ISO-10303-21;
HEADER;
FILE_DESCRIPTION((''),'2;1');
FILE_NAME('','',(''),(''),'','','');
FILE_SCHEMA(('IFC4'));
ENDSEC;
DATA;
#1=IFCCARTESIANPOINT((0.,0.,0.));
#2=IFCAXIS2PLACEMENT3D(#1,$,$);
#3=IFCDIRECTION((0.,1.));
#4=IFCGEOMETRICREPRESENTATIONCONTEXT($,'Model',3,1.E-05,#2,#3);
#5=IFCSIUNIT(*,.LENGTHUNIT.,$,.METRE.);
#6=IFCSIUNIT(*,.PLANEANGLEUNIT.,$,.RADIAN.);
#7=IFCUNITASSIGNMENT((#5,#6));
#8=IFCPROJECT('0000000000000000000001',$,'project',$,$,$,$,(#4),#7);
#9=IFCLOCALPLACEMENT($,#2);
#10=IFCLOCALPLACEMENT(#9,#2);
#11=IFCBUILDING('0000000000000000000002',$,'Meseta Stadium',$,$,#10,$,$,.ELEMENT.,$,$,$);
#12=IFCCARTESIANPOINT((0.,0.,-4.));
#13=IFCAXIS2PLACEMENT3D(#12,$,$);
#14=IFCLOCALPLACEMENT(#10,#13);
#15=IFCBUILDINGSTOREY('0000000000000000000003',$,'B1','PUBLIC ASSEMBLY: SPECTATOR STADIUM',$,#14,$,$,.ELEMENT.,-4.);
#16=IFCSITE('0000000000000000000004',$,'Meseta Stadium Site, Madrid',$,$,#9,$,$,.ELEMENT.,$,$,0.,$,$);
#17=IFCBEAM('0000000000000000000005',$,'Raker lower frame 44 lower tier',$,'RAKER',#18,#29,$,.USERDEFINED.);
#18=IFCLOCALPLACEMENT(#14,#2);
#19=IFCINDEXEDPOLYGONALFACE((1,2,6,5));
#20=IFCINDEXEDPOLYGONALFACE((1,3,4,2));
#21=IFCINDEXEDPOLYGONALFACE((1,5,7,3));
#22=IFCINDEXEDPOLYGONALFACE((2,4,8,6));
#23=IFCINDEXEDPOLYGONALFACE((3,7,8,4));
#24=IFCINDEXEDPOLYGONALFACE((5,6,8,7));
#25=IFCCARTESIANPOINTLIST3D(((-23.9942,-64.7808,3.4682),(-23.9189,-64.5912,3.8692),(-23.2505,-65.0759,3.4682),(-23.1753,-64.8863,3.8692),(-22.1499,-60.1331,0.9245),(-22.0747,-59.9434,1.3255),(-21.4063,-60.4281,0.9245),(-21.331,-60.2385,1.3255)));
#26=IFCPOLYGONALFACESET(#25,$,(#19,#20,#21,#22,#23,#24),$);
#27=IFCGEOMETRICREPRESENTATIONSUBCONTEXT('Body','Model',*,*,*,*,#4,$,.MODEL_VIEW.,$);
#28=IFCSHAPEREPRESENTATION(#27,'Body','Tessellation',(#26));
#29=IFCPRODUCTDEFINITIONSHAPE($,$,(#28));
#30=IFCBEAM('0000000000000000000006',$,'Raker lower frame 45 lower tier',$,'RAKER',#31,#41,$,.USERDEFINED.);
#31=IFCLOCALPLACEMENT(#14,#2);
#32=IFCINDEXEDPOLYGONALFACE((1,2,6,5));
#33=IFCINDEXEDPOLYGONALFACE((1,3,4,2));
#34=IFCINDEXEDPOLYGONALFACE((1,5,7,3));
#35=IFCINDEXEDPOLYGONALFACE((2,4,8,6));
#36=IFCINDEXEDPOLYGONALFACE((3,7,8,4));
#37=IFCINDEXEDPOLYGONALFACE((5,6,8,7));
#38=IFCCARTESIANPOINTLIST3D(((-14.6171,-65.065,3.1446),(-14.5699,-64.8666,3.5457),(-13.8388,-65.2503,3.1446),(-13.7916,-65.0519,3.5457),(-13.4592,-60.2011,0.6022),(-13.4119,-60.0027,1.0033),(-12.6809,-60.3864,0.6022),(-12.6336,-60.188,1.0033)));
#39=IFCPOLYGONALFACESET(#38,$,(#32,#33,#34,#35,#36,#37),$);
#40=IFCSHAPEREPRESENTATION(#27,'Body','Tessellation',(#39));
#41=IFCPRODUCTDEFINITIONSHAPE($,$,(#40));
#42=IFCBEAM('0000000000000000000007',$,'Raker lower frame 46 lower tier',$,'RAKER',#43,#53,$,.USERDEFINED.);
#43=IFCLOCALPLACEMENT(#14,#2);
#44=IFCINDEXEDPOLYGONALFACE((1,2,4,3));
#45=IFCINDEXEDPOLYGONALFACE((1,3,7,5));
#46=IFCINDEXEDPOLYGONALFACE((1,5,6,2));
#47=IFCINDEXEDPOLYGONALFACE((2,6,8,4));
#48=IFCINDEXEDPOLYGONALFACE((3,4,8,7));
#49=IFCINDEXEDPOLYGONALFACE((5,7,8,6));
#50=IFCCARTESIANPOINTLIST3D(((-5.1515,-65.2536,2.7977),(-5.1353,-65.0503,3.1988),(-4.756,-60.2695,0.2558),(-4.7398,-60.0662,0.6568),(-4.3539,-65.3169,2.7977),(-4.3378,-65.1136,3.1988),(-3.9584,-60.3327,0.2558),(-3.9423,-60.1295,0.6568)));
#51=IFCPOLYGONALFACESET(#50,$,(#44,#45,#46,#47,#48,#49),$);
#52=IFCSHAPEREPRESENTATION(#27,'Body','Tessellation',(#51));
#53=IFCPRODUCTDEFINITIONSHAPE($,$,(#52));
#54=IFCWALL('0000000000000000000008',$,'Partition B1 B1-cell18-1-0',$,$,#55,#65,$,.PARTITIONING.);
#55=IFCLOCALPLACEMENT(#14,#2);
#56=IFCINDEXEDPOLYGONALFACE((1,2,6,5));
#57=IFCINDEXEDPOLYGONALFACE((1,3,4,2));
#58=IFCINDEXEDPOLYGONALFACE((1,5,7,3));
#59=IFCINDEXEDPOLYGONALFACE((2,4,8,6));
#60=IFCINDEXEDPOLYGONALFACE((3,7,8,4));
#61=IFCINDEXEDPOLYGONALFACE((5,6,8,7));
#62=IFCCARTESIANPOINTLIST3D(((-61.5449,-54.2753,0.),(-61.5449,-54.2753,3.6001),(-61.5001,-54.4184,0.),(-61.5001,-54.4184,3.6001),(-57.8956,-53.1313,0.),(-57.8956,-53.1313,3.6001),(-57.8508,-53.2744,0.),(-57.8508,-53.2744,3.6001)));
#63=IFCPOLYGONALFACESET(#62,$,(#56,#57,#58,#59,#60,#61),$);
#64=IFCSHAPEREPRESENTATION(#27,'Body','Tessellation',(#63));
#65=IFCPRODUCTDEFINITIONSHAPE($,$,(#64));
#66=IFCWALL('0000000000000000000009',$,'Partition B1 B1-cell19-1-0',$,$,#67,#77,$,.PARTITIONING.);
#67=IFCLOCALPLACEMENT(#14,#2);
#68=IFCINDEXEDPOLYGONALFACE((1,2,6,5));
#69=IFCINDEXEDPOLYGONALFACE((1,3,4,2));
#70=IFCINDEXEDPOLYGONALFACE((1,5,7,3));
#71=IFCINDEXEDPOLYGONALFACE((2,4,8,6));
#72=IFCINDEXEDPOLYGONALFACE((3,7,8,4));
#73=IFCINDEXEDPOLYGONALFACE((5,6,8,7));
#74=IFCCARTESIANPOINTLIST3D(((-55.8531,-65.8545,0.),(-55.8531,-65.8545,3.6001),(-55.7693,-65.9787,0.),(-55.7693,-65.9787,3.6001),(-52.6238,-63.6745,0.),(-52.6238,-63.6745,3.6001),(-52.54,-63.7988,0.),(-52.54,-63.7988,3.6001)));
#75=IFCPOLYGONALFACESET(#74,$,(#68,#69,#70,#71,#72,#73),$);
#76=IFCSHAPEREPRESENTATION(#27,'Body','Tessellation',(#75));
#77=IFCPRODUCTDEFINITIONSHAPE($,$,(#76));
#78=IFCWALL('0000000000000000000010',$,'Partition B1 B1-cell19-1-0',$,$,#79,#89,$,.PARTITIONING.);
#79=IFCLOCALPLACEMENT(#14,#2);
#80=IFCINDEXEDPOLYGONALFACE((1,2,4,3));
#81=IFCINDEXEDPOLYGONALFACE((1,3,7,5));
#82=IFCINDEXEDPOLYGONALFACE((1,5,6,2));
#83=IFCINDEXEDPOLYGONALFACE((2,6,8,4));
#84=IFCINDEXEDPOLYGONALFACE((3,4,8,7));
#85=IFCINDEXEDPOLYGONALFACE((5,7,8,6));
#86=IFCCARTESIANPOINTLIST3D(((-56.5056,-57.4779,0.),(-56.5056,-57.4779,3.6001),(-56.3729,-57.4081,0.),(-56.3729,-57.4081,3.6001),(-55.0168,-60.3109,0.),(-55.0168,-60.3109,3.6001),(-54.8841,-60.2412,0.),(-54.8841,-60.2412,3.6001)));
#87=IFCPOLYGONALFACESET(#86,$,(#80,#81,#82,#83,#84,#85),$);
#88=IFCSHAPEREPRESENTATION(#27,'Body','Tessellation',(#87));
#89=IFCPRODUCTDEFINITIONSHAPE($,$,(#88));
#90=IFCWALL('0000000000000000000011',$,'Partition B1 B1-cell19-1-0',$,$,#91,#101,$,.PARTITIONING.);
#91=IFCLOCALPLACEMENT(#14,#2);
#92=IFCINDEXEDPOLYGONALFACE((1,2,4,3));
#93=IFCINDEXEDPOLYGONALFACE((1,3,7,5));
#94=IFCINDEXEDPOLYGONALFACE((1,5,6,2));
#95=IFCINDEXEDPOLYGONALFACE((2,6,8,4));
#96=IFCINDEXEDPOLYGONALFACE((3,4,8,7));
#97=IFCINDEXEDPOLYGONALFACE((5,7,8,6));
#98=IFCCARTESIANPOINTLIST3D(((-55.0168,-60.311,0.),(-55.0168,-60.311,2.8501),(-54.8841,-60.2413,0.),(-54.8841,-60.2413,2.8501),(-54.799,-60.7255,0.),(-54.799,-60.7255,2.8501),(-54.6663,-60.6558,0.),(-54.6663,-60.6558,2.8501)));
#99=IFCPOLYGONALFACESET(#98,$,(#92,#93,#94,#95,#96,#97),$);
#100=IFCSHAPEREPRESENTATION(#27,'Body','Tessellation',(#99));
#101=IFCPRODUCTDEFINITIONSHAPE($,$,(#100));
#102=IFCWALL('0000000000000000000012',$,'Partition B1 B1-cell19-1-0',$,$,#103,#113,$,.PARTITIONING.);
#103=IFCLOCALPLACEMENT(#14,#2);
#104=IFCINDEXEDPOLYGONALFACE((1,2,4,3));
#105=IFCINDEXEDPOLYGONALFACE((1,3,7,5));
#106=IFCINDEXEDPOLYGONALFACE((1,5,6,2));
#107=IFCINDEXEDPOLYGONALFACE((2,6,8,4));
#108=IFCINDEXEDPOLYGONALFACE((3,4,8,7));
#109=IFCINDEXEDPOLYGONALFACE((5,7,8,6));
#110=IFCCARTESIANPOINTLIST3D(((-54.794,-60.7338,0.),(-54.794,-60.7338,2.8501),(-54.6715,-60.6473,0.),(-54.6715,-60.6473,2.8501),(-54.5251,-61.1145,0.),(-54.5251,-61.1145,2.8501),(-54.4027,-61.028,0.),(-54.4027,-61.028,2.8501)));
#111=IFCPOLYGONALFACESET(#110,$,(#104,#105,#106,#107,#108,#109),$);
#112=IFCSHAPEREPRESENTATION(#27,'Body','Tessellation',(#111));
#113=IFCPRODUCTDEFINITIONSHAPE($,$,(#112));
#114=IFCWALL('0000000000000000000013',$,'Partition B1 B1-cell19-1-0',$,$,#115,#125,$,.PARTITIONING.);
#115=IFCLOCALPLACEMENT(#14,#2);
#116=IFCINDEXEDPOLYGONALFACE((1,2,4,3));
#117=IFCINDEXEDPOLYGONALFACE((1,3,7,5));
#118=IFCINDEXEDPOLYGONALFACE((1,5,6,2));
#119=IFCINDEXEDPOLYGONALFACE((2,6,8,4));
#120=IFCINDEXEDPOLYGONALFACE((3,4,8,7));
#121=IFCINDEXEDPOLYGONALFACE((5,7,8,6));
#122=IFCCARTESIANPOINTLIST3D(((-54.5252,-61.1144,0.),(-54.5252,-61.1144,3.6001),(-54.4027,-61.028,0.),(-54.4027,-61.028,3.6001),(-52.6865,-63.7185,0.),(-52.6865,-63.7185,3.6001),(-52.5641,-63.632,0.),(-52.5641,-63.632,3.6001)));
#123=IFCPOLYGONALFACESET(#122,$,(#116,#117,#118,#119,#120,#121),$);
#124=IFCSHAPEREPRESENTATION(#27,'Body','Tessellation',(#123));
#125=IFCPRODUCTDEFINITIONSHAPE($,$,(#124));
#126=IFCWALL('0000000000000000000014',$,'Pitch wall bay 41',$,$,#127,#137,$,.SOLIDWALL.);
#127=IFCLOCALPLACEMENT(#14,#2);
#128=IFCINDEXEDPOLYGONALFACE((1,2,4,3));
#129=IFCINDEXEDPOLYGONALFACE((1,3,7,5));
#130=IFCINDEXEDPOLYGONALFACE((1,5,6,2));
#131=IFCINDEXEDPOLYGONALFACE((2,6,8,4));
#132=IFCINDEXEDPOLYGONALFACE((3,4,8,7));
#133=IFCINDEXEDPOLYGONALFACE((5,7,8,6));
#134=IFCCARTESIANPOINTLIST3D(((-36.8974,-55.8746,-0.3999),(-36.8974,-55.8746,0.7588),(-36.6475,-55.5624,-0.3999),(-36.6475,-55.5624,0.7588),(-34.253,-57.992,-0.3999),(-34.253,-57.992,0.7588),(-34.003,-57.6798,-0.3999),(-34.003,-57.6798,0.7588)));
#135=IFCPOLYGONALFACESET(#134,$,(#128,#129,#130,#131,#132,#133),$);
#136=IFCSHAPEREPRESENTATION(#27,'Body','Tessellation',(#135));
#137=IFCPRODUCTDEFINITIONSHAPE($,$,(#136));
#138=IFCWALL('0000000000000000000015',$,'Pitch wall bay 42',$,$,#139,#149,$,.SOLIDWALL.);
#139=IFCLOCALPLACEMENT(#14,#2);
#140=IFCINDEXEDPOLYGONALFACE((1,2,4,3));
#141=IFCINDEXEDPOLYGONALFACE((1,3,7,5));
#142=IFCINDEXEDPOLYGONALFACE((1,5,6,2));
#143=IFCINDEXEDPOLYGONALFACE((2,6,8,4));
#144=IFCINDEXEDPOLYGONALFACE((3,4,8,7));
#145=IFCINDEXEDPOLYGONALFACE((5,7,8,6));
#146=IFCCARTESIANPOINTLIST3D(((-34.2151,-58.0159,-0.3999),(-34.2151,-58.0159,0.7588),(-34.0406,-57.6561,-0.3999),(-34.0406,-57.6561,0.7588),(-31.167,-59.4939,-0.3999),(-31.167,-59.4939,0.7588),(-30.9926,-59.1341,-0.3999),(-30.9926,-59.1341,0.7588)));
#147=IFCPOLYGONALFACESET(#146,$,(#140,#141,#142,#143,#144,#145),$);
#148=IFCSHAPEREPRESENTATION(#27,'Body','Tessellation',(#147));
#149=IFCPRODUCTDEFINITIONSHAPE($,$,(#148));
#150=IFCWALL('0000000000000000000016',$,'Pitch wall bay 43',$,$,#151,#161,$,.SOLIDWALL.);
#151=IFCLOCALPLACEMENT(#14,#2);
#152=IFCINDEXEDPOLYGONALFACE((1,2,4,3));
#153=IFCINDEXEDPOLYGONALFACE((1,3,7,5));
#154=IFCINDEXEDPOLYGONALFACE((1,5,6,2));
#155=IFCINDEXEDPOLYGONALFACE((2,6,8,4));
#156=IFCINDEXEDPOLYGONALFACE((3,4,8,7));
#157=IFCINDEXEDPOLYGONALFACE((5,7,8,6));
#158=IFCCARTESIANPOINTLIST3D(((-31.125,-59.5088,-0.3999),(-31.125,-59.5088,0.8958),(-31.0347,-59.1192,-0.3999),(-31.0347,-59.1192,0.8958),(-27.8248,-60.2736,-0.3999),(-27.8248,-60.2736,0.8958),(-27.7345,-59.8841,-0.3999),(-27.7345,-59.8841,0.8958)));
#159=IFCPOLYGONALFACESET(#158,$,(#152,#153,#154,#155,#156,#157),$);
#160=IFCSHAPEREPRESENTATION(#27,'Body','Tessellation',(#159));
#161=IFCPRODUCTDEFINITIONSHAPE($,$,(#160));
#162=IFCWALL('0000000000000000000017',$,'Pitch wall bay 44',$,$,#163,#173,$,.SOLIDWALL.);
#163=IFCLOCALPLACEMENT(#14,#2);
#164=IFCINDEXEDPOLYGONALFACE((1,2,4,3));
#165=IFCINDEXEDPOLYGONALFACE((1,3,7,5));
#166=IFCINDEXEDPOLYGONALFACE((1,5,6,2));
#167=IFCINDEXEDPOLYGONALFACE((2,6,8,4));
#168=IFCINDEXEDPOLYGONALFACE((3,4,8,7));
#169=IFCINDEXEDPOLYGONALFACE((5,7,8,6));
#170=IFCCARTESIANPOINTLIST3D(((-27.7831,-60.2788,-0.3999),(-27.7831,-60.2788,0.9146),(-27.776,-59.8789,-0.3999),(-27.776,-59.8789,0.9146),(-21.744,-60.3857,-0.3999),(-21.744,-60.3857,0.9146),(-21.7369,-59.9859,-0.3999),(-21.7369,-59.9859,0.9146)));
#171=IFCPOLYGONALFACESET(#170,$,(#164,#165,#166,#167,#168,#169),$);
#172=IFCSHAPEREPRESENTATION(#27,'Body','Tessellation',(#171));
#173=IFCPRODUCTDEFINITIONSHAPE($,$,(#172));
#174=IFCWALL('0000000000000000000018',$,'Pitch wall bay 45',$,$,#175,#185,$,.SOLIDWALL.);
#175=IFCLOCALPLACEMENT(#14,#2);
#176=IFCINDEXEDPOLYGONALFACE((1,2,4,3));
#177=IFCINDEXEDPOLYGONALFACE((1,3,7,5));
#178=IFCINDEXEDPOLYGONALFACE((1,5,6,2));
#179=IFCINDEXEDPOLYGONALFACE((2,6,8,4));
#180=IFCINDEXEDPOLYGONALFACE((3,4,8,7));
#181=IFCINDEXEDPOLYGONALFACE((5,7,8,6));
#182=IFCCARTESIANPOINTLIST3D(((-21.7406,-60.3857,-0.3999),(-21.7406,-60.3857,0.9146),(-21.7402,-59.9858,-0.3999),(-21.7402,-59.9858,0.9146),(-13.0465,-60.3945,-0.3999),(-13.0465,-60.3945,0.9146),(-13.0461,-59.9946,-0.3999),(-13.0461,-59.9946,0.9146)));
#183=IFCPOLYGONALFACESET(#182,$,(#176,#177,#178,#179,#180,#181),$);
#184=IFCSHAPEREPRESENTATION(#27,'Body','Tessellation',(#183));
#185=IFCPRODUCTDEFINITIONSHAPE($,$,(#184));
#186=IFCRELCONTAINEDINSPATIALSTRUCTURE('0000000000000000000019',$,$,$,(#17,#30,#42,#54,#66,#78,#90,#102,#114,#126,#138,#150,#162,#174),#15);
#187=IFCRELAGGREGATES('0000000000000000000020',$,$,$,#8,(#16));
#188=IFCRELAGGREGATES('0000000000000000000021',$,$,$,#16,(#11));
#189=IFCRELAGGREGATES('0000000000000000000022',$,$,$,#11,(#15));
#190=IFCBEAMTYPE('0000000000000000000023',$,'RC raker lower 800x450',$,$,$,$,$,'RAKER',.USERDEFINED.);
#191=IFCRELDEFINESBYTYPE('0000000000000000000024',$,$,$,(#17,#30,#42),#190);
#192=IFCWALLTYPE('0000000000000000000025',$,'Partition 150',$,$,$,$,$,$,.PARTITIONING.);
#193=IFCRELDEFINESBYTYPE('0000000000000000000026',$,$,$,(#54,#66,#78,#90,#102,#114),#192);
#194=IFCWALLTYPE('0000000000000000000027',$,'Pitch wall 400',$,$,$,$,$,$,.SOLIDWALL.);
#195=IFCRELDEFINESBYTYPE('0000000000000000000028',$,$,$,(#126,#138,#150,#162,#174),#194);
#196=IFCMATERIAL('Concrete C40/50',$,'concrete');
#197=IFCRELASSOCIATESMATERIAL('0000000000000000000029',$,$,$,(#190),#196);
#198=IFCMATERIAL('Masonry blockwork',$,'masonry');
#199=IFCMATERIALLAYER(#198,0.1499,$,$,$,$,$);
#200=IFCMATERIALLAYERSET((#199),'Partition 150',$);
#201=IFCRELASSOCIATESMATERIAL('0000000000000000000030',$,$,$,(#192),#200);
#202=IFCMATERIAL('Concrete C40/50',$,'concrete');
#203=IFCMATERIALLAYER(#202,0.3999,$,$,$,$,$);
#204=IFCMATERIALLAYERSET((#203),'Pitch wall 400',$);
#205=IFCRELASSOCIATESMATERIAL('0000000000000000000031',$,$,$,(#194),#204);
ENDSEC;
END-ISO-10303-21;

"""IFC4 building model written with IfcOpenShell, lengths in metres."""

from ifc_helpers import new_model, si_unit, direction, frame, frame_2d, origin, origin_2d, place, context, subcontext, project, spatial, rectangle, extrude, material, layer, layer_set, material_profile, profile_set, type_object, element, save


model = new_model("IFC4")

# Units and contexts
model_context = context("Model", 3, precision=1e-05, world=origin(), true_north=direction((0.0, 1.0)))
body_context = subcontext(model_context, "Body", "Model", "MODEL_VIEW")
ifc_project = project(units=[si_unit("LENGTHUNIT", "METRE"), si_unit("PLANEANGLEUNIT", "RADIAN")], contexts=[model_context])

# Site, building, storey
site_placement = place(None, origin())
site = spatial("IfcSite", under=ifc_project, at=site_placement, Name="Meseta Stadium Site, Madrid", CompositionType="ELEMENT", RefElevation=0.0)
building_placement = place(site_placement, origin())
building = spatial("IfcBuilding", under=site, at=building_placement, Name="Meseta Stadium", CompositionType="ELEMENT")
storey_placement = place(building_placement, frame((0.0, 0.0, -4.0)))
storey = spatial("IfcBuildingStorey", under=building, at=storey_placement, Name="B1", Description="PUBLIC ASSEMBLY: SPECTATOR STADIUM", CompositionType="ELEMENT", Elevation=-4.0)

# Beams
ifc_material_1 = material(Name="Concrete C40/50", Category="concrete")
ifc_material_profile_1 = material_profile(ifc_material_1, rectangle(XDim=0.8, YDim=0.45, at=origin_2d()), Name="RC 800x450")
ifc_profile_set_1 = profile_set([ifc_material_profile_1], Name="Concrete C40/50")
beam_type = type_object("IfcBeamType", Name="RC raker lower 800x450", ElementType="RAKER", PredefinedType="USERDEFINED", material=ifc_profile_set_1)
beam_1_placement = place(storey_placement, frame((-21.7405, -60.1858, 1.125), z_axis=(-0.328738, -0.828459, 0.453418), x_axis=(0.929497, -0.36883, 0.0)))
element("IfcBeam", 1, at=beam_1_placement, inside=storey, type_object=beam_type, Name="Raker lower frame 44 lower tier", ObjectType="RAKER", PredefinedType="USERDEFINED", context=body_context, shape_type="SweptSolid", body=[
    extrude(rectangle(XDim=0.8, YDim=0.45, at=origin_2d()), origin(), (0.0, 0.0, 1.0), 5.6101),
])
beam_2_placement = place(storey_placement, frame((-13.0464, -60.1946, 0.8027), z_axis=(-0.206437, -0.867141, 0.453266), x_axis=(0.972813, -0.231594, 0.0)))
element("IfcBeam", 2, at=beam_2_placement, inside=storey, type_object=beam_type, Name="Raker lower frame 45 lower tier", ObjectType="RAKER", PredefinedType="USERDEFINED", context=body_context, shape_type="SweptSolid", body=[
    extrude(rectangle(XDim=0.8, YDim=0.45, at=origin_2d()), origin(), (0.0, 0.0, 1.0), 5.6091),
])
beam_3_placement = place(storey_placement, frame((-4.3491, -60.1995, 0.4563), z_axis=(-0.070514, -0.888612, 0.453207), x_axis=(0.996866, -0.079105, 0.0)))
element("IfcBeam", 3, at=beam_3_placement, inside=storey, type_object=beam_type, Name="Raker lower frame 46 lower tier", ObjectType="RAKER", PredefinedType="USERDEFINED", context=body_context, shape_type="SweptSolid", body=[
    extrude(rectangle(XDim=0.8, YDim=0.45, at=origin_2d()), origin(), (0.0, 0.0, 1.0), 5.6089),
])

# Walls
ifc_material_2 = material(Name="Masonry blockwork", Category="masonry")
ifc_layer_1 = layer(ifc_material_2, 0.1499)
ifc_layer_set_1 = layer_set([ifc_layer_1], Name="Partition 150")
wall_type_1 = type_object("IfcWallType", Name="Partition 150", PredefinedType="PARTITIONING", material=ifc_layer_set_1)
wall_1_placement = place(storey_placement, frame((-57.8733, -53.2029, 0.0), z_axis=(0.0, 0.0, 1.0), x_axis=(-0.954212, -0.299133, 0.0)))
element("IfcWall", 4, at=wall_1_placement, inside=storey, type_object=wall_type_1, Name="Partition B1 B1-cell18-1-0", PredefinedType="PARTITIONING", context=body_context, shape_type="SweptSolid", body=[
    extrude(rectangle(XDim=3.8245, YDim=0.1499, at=frame_2d((1.9121, 0.0))), origin(), (0.0, 0.0, 1.0), 3.6001),
])
wall_2_placement = place(storey_placement, frame((-52.5818, -63.7366, 0.0), z_axis=(0.0, 0.0, 1.0), x_axis=(-0.828826, -0.559506, 0.0)))
element("IfcWall", 5, at=wall_2_placement, inside=storey, type_object=wall_type_1, Name="Partition B1 B1-cell19-1-0", PredefinedType="PARTITIONING", context=body_context, shape_type="SweptSolid", body=[
    extrude(rectangle(XDim=3.8962, YDim=0.1499, at=frame_2d((1.9482, 0.0))), origin(), (0.0, 0.0, 1.0), 3.6001),
])
wall_3_placement = place(storey_placement, frame((-56.4392, -57.4431, 0.0), z_axis=(0.0, 0.0, 1.0), x_axis=(0.465187, -0.885213, 0.0)))
element("IfcWall", 6, at=wall_3_placement, inside=storey, type_object=wall_type_1, Name="Partition B1 B1-cell19-1-0", PredefinedType="PARTITIONING", context=body_context, shape_type="SweptSolid", body=[
    extrude(rectangle(XDim=3.2004, YDim=0.1499, at=frame_2d((1.6001, 0.0))), origin(), (0.0, 0.0, 1.0), 3.6001),
])
wall_4_placement = place(storey_placement, frame((-54.9504, -60.2761, 0.0), z_axis=(0.0, 0.0, 1.0), x_axis=(0.465059, -0.88528, 0.0)))
element("IfcWall", 7, at=wall_4_placement, inside=storey, type_object=wall_type_1, Name="Partition B1 B1-cell19-1-0", PredefinedType="PARTITIONING", context=body_context, shape_type="SweptSolid", body=[
    extrude(rectangle(XDim=0.4683, YDim=0.1499, at=frame_2d((0.2341, 0.0))), origin(), (0.0, 0.0, 1.0), 2.8501),
])
wall_5_placement = place(storey_placement, frame((-54.7327, -60.6907, 0.0), z_axis=(0.0, 0.0, 1.0), x_axis=(0.576868, -0.816837, 0.0)))
element("IfcWall", 8, at=wall_5_placement, inside=storey, type_object=wall_type_1, Name="Partition B1 B1-cell19-1-0", PredefinedType="PARTITIONING", context=body_context, shape_type="SweptSolid", body=[
    extrude(rectangle(XDim=0.4661, YDim=0.1499, at=frame_2d((0.2329, 0.0))), origin(), (0.0, 0.0, 1.0), 2.8501),
])
wall_6_placement = place(storey_placement, frame((-54.4639, -61.0713, 0.0), z_axis=(0.0, 0.0, 1.0), x_axis=(0.576788, -0.816894, 0.0)))
element("IfcWall", 9, at=wall_6_placement, inside=storey, type_object=wall_type_1, Name="Partition B1 B1-cell19-1-0", PredefinedType="PARTITIONING", context=body_context, shape_type="SweptSolid", body=[
    extrude(rectangle(XDim=3.1877, YDim=0.1499, at=frame_2d((1.5938, 0.0))), origin(), (0.0, 0.0, 1.0), 3.6001),
])
ifc_material_3 = material(Name="Concrete C40/50", Category="concrete")
ifc_layer_2 = layer(ifc_material_3, 0.3999)
ifc_layer_set_2 = layer_set([ifc_layer_2], Name="Pitch wall 400")
wall_type_2 = type_object("IfcWallType", Name="Pitch wall 400", PredefinedType="SOLIDWALL", material=ifc_layer_set_2)
wall_7_placement = place(storey_placement, frame((-36.7725, -55.7185, -0.3999), z_axis=(0.0, 0.0, 1.0), x_axis=(0.780609, -0.62502, 0.0)))
element("IfcWall", 10, at=wall_7_placement, inside=storey, type_object=wall_type_2, Name="Pitch wall bay 41", PredefinedType="SOLIDWALL", context=body_context, shape_type="SweptSolid", body=[
    extrude(rectangle(XDim=3.3877, YDim=0.3999, at=frame_2d((1.6938, 0.0))), origin(), (0.0, 0.0, 1.0), 1.1587),
])
wall_8_placement = place(storey_placement, frame((-34.1279, -57.8359, -0.3999), z_axis=(0.0, 0.0, 1.0), x_axis=(0.899795, -0.436312, 0.0)))
element("IfcWall", 11, at=wall_8_placement, inside=storey, type_object=wall_type_2, Name="Pitch wall bay 42", PredefinedType="SOLIDWALL", context=body_context, shape_type="SweptSolid", body=[
    extrude(rectangle(XDim=3.3875, YDim=0.3999, at=frame_2d((1.6938, 0.0))), origin(), (0.0, 0.0, 1.0), 1.1587),
])
wall_9_placement = place(storey_placement, frame((-31.0798, -59.314, -0.3999), z_axis=(0.0, 0.0, 1.0), x_axis=(0.974178, -0.22578, 0.0)))
element("IfcWall", 12, at=wall_9_placement, inside=storey, type_object=wall_type_2, Name="Pitch wall bay 43", PredefinedType="SOLIDWALL", context=body_context, shape_type="SweptSolid", body=[
    extrude(rectangle(XDim=3.3877, YDim=0.3999, at=frame_2d((1.6938, 0.0))), origin(), (0.0, 0.0, 1.0), 1.2957),
])
wall_10_placement = place(storey_placement, frame((-27.7795, -60.0789, -0.3999), z_axis=(0.0, 0.0, 1.0), x_axis=(0.999843, -0.017704, 0.0)))
element("IfcWall", 13, at=wall_10_placement, inside=storey, type_object=wall_type_2, Name="Pitch wall bay 44", PredefinedType="SOLIDWALL", context=body_context, shape_type="SweptSolid", body=[
    extrude(rectangle(XDim=6.04, YDim=0.3999, at=frame_2d((3.02, 0.0))), origin(), (0.0, 0.0, 1.0), 1.3145),
])
wall_11_placement = place(storey_placement, frame((-21.7405, -60.1858, -0.3999), z_axis=(0.0, 0.0, 1.0), x_axis=(0.999999, -0.001011, 0.0)))
element("IfcWall", 14, at=wall_11_placement, inside=storey, type_object=wall_type_2, Name="Pitch wall bay 45", PredefinedType="SOLIDWALL", context=body_context, shape_type="SweptSolid", body=[
    extrude(rectangle(XDim=8.6941, YDim=0.3999, at=frame_2d((4.3472, 0.0))), origin(), (0.0, 0.0, 1.0), 1.3145),
])

save(model, "model.ifc")
